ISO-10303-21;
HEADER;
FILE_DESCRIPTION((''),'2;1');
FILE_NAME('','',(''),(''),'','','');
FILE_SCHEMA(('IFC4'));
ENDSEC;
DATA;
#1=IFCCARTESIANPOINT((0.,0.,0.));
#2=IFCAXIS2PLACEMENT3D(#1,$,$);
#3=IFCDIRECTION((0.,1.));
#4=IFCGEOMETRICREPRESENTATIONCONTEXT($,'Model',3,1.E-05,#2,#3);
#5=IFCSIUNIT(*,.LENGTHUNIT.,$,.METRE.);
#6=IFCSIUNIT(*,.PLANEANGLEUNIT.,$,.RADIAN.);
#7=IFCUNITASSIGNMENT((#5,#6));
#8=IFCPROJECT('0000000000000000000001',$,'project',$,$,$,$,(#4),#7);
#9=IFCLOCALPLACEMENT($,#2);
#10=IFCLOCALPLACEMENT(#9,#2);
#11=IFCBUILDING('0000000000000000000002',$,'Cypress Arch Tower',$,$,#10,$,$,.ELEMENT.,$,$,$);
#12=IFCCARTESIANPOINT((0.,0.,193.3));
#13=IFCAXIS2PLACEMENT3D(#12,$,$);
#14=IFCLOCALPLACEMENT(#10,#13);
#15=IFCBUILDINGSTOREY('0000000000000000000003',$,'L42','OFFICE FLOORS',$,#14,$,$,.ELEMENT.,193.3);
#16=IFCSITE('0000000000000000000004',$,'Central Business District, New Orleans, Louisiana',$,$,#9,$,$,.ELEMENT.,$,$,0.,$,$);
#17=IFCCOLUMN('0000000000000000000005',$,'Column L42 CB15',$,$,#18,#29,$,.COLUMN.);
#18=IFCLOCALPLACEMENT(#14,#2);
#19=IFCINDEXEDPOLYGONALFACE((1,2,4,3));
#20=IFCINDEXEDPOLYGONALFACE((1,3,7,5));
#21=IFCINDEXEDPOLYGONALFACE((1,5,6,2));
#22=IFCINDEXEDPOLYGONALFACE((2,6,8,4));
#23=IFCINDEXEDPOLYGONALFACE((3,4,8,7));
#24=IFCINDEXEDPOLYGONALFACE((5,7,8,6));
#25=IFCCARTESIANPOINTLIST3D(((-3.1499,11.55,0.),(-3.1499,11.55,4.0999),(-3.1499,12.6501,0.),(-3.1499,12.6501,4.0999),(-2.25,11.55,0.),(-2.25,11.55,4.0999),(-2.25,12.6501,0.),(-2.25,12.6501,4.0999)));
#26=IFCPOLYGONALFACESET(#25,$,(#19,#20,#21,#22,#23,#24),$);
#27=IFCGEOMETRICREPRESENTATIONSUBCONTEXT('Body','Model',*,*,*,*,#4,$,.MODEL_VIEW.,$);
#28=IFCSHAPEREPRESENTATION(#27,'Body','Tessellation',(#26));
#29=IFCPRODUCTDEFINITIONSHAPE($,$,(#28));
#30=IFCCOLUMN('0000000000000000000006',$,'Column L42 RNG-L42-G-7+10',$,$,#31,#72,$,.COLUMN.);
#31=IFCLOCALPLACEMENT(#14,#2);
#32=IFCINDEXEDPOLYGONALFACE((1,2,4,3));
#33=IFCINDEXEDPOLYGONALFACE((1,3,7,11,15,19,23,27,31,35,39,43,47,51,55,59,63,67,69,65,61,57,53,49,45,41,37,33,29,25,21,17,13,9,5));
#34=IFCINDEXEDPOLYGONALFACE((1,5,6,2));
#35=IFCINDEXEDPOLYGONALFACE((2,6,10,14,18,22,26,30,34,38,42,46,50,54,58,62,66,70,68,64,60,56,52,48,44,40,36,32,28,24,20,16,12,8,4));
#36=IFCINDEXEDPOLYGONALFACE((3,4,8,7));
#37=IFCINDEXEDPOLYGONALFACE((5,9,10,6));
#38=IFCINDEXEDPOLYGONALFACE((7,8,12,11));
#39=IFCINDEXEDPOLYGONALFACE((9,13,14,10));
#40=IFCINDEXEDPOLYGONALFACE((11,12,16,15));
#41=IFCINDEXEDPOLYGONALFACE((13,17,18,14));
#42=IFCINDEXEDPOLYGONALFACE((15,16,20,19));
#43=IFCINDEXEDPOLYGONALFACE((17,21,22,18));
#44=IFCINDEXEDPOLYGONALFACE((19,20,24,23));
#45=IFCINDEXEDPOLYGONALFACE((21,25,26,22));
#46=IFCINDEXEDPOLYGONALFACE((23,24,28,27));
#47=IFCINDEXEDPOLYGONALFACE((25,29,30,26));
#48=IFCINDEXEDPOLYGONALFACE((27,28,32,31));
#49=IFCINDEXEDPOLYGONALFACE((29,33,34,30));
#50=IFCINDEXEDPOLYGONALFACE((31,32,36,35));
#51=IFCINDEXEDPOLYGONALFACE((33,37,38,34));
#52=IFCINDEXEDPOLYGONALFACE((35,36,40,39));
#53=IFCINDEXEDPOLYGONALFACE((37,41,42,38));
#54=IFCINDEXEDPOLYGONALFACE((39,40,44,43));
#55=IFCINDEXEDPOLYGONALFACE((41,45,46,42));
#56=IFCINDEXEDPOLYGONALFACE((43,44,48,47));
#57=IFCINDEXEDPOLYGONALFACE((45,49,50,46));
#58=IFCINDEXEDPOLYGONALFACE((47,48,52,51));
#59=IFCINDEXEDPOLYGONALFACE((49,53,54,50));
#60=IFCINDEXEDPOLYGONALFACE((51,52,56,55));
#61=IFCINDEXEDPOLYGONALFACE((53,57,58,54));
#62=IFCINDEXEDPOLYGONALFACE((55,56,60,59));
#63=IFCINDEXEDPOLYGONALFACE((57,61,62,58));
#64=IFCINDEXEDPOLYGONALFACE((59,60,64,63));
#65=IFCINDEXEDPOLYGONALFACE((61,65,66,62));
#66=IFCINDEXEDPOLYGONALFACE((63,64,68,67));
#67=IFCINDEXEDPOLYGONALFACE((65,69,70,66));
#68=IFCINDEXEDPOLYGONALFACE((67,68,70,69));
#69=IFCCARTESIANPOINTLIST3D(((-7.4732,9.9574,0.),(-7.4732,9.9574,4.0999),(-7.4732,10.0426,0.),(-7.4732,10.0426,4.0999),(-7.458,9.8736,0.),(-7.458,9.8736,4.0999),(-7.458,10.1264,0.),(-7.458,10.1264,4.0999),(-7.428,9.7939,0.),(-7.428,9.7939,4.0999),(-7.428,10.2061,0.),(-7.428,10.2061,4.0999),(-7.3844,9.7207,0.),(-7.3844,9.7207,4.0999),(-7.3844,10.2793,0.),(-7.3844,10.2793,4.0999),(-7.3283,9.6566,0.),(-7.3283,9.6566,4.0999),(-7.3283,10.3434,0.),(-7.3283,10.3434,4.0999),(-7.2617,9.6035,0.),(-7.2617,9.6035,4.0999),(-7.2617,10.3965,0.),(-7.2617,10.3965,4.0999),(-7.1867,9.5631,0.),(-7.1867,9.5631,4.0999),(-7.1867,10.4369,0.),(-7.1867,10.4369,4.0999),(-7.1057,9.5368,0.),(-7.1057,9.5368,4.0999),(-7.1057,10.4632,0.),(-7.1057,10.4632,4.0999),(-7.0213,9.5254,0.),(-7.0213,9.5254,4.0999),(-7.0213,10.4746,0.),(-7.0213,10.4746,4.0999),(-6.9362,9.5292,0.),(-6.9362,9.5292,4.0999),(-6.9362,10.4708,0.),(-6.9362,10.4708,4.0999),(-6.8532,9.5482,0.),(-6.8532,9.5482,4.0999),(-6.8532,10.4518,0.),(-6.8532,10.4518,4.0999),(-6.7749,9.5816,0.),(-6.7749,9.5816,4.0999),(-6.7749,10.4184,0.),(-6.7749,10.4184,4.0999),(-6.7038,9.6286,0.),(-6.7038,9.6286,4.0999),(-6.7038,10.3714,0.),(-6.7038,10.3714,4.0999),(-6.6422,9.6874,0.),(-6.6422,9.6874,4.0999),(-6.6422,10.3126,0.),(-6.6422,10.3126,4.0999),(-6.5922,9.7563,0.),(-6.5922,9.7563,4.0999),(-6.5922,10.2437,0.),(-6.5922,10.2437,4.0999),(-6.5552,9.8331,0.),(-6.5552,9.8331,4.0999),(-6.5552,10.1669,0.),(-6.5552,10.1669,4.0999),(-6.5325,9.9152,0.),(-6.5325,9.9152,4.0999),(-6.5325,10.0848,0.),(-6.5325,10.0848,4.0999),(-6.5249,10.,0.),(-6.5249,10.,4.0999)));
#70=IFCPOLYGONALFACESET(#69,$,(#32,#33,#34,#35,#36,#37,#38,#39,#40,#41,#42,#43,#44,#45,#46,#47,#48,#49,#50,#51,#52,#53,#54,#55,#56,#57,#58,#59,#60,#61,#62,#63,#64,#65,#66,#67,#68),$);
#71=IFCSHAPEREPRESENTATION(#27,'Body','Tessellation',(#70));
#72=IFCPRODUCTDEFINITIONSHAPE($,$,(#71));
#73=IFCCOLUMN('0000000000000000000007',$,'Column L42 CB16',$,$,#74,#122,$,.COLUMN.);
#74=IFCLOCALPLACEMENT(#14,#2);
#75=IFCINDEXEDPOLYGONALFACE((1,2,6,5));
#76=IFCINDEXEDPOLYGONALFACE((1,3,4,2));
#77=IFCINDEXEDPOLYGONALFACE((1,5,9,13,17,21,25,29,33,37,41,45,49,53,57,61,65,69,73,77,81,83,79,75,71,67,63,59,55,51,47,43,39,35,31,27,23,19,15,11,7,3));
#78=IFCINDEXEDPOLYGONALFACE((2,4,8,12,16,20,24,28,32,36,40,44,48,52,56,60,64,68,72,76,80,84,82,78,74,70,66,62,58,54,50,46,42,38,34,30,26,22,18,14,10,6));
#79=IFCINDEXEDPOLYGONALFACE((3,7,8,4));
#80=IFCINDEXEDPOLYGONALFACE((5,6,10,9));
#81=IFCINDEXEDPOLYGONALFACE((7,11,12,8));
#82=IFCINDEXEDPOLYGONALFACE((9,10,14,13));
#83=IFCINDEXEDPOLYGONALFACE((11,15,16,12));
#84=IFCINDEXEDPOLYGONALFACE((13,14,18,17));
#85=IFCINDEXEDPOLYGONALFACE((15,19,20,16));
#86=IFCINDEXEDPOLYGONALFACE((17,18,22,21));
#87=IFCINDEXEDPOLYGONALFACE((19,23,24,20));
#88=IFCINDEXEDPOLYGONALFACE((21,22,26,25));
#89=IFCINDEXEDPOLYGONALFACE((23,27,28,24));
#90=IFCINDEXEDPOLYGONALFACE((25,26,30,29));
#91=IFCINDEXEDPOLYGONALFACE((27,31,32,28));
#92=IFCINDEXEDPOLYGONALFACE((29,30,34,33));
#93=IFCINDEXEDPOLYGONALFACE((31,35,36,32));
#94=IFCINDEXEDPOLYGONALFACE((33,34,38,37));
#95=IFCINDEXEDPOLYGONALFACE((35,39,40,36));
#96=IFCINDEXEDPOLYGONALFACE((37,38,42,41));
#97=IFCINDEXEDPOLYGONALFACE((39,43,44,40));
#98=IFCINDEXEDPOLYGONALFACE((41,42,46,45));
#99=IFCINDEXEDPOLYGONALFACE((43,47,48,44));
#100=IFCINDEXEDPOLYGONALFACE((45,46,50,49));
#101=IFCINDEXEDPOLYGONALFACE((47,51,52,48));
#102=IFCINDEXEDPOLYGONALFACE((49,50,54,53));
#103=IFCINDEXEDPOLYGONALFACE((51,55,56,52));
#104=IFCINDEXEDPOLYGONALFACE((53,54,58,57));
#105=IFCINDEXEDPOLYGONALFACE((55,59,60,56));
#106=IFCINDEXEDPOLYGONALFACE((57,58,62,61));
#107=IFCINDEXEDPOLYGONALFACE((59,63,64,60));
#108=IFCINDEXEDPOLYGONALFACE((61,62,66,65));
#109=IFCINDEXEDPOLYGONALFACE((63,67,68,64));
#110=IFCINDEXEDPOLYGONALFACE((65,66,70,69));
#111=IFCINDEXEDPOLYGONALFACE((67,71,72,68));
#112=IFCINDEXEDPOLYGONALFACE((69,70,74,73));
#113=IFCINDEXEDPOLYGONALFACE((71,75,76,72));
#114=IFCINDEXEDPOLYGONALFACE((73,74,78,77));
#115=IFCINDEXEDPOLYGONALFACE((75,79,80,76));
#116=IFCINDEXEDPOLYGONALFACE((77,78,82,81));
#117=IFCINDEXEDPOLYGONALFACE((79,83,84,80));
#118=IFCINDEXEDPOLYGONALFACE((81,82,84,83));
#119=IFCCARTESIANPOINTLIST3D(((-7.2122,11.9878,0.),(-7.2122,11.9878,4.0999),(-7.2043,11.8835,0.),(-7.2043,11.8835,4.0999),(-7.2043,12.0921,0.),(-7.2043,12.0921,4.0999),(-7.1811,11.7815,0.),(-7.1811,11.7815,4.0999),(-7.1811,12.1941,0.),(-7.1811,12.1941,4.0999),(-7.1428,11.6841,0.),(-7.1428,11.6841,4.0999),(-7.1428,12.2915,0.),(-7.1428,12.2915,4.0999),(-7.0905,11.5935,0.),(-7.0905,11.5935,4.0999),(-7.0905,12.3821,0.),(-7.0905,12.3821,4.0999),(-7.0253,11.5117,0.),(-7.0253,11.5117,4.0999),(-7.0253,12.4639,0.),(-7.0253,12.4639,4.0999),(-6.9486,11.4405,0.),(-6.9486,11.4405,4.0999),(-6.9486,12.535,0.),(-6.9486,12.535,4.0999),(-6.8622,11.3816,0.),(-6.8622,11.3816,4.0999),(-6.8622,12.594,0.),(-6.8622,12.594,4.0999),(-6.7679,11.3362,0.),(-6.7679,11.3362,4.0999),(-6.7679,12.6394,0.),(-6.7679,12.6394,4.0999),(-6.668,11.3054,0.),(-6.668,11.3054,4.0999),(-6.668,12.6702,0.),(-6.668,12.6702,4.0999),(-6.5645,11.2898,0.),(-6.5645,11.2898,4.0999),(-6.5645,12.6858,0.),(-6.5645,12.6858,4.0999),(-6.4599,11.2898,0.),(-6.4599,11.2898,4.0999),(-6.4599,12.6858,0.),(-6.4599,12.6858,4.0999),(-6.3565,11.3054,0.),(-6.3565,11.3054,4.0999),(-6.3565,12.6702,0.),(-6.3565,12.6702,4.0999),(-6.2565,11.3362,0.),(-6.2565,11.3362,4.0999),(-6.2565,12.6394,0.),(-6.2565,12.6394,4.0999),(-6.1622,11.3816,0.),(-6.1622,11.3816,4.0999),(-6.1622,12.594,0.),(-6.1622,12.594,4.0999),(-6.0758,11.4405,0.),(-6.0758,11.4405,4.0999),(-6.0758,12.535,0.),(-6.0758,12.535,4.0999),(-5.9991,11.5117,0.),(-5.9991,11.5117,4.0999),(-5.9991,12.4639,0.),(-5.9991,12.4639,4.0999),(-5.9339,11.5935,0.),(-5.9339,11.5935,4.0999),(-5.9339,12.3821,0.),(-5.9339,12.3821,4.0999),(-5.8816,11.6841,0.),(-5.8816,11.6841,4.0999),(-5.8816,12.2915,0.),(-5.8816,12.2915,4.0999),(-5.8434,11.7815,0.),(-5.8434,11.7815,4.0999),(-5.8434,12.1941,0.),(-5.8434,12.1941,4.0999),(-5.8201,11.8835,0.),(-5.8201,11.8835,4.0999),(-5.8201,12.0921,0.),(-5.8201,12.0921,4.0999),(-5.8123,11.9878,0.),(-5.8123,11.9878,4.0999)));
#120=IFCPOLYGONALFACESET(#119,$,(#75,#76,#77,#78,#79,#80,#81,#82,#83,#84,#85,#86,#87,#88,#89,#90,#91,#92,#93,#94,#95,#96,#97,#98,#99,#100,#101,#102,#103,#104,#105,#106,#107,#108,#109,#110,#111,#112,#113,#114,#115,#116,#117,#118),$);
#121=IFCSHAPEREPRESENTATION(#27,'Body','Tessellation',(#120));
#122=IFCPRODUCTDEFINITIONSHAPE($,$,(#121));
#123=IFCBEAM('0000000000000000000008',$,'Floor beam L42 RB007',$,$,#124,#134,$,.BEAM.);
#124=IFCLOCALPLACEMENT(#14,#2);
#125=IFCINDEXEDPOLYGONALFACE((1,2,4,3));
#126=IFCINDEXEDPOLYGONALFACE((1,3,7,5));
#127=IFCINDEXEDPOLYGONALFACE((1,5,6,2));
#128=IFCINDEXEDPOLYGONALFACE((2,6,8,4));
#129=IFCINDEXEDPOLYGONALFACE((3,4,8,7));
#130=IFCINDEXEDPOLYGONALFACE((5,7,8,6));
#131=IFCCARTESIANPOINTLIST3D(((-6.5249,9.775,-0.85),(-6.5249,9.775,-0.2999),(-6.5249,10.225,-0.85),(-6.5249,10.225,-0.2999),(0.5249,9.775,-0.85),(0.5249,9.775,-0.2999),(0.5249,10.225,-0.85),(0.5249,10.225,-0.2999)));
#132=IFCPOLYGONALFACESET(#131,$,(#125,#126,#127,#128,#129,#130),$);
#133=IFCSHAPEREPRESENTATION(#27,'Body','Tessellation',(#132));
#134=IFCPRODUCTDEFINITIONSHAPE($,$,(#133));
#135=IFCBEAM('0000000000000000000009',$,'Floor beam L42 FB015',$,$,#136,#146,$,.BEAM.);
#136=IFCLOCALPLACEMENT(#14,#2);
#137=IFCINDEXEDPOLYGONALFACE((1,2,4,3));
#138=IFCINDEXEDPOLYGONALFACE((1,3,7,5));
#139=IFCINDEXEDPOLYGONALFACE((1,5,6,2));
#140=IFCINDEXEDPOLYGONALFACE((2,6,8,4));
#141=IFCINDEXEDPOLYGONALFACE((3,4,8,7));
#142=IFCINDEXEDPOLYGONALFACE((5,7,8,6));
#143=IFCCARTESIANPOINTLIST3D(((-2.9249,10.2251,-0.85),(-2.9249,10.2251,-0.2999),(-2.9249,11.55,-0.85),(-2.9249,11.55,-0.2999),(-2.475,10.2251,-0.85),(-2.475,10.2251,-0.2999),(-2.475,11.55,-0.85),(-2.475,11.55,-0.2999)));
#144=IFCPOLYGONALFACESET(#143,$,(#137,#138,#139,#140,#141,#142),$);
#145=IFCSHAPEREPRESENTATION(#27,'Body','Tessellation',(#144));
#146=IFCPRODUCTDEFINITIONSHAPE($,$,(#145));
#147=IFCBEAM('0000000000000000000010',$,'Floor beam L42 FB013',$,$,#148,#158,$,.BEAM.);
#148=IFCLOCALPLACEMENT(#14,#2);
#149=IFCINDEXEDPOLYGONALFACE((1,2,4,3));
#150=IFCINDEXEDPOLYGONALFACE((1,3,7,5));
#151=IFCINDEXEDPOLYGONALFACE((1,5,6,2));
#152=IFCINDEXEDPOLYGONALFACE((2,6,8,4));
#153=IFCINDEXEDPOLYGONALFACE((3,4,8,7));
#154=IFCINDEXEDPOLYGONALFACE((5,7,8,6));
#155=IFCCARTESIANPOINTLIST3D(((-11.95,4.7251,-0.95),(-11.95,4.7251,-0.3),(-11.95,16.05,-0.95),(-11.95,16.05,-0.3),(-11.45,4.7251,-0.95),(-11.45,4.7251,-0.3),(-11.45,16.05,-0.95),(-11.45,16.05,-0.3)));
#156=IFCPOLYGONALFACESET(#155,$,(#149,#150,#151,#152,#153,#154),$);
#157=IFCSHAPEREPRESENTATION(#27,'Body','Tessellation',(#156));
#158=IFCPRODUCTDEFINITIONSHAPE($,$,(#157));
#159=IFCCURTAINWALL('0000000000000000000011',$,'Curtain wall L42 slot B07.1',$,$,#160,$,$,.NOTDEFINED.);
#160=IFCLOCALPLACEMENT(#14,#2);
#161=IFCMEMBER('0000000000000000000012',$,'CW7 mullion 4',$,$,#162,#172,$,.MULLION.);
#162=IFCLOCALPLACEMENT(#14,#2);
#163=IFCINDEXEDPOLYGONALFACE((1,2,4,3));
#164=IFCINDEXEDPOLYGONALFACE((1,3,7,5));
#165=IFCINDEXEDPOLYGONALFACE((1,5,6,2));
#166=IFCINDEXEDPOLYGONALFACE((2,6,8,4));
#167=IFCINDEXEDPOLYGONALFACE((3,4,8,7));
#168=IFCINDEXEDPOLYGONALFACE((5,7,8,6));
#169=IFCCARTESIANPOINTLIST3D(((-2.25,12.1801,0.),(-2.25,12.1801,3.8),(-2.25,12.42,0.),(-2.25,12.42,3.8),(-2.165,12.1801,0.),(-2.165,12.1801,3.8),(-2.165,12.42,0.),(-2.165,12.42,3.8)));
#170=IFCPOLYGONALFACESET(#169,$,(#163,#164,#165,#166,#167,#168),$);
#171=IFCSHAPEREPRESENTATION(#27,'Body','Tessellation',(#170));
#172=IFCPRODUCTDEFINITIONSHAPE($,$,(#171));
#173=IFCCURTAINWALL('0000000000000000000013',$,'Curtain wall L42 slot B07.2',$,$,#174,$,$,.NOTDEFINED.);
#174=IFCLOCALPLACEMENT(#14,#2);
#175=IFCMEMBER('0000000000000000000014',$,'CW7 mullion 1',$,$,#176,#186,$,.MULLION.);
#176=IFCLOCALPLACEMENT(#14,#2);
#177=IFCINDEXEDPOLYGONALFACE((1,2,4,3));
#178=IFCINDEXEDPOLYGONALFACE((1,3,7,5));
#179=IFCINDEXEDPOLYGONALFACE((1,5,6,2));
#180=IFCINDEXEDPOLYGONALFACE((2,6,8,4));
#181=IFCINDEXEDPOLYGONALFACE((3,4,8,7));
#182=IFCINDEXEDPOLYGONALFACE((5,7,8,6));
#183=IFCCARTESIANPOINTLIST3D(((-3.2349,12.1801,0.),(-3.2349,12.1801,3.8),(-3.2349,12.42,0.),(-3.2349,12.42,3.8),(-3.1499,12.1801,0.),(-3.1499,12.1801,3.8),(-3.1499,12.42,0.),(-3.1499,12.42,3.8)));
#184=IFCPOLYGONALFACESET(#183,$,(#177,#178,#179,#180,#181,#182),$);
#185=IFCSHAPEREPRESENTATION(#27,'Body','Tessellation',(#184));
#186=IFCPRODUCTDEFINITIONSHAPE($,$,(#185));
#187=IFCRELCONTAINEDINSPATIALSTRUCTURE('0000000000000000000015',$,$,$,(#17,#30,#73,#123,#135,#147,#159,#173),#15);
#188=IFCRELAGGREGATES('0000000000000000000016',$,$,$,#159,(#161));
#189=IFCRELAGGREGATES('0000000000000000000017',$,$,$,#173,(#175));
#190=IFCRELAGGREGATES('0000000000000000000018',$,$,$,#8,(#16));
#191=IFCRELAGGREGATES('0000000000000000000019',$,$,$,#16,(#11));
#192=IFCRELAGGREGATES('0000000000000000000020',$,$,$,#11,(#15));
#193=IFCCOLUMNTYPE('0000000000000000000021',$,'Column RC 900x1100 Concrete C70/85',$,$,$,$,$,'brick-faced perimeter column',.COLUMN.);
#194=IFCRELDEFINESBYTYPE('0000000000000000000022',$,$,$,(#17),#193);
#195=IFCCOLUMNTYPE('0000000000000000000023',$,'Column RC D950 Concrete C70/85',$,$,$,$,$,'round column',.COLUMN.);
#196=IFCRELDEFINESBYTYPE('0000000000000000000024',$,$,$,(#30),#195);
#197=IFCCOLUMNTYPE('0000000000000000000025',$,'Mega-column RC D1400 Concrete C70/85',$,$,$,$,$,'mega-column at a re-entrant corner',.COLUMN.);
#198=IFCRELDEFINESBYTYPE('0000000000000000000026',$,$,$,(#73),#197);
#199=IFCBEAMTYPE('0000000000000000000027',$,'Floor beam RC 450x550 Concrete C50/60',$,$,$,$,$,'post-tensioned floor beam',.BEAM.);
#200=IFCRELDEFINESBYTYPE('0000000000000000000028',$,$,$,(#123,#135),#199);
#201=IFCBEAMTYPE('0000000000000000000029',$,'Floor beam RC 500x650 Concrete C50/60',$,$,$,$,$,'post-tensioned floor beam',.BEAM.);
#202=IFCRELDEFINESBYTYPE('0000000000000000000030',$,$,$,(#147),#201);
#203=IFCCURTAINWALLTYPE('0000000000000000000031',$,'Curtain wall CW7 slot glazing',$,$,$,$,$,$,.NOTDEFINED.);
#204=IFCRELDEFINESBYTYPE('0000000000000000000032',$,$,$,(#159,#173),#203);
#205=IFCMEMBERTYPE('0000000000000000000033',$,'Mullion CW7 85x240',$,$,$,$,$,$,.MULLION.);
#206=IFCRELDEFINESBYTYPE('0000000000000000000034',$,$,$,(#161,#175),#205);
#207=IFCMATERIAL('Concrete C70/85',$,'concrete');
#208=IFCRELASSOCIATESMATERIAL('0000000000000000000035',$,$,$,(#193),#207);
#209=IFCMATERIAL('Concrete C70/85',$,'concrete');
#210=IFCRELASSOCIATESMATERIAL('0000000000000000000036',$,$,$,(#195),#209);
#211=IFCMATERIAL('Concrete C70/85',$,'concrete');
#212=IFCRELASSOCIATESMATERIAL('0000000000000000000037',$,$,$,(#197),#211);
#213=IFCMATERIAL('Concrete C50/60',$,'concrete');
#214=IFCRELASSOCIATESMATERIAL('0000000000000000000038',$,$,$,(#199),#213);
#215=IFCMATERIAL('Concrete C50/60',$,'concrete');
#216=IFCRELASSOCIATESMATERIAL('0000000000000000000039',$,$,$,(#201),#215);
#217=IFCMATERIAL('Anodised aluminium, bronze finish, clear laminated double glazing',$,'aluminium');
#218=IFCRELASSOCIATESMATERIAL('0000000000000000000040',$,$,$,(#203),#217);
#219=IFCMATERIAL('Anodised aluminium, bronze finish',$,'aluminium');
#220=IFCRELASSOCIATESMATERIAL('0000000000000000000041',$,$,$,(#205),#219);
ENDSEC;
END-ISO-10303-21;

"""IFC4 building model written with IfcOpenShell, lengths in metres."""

from ifc_helpers import new_model, si_unit, direction, frame, origin, origin_2d, place, context, subcontext, project, spatial, rectangle, circle, extrude, material, material_profile, profile_set, type_object, element, aggregate, save


model = new_model("IFC4")

# Units and contexts
model_context = context("Model", 3, precision=1e-05, world=origin(), true_north=direction((0.0, 1.0)))
body_context = subcontext(model_context, "Body", "Model", "MODEL_VIEW")
ifc_project = project(units=[si_unit("LENGTHUNIT", "METRE"), si_unit("PLANEANGLEUNIT", "RADIAN")], contexts=[model_context])

# Site, building, storey
site_placement = place(None, origin())
site = spatial("IfcSite", under=ifc_project, at=site_placement, Name="Central Business District, New Orleans, Louisiana", CompositionType="ELEMENT", RefElevation=0.0)
building_placement = place(site_placement, origin())
building = spatial("IfcBuilding", under=site, at=building_placement, Name="Cypress Arch Tower", CompositionType="ELEMENT")
storey_placement = place(building_placement, frame((0.0, 0.0, 193.3)))
storey = spatial("IfcBuildingStorey", under=building, at=storey_placement, Name="L42", Description="OFFICE FLOORS", CompositionType="ELEMENT", Elevation=193.3)

# Columns
ifc_material_1 = material(Name="Concrete C70/85", Category="concrete")
ifc_material_profile_1 = material_profile(ifc_material_1, rectangle(XDim=0.8999, YDim=1.1001, at=origin_2d()), Name="RC 900x1100")
ifc_profile_set_1 = profile_set([ifc_material_profile_1], Name="Concrete C70/85")
column_type_1 = type_object("IfcColumnType", Name="Column RC 900x1100 Concrete C70/85", ElementType="brick-faced perimeter column", PredefinedType="COLUMN", material=ifc_profile_set_1)
column_1_placement = place(storey_placement, frame((-2.7, 12.1001, 0.0), z_axis=(0.0, 0.0, 1.0), x_axis=(-1.0, 0.0, 0.0)))
element("IfcColumn", 1, at=column_1_placement, inside=storey, type_object=column_type_1, Name="Column L42 CB15", PredefinedType="COLUMN", context=body_context, shape_type="SweptSolid", body=[
    extrude(rectangle(XDim=0.8999, YDim=1.1001, at=origin_2d()), origin(), (0.0, 0.0, 1.0), 4.0999),
])
ifc_material_2 = material(Name="Concrete C70/85", Category="concrete")
ifc_material_profile_2 = material_profile(ifc_material_2, circle(Radius=0.4751, at=origin_2d()), Name="RC D950")
ifc_profile_set_2 = profile_set([ifc_material_profile_2], Name="Concrete C70/85")
column_type_2 = type_object("IfcColumnType", Name="Column RC D950 Concrete C70/85", ElementType="round column", PredefinedType="COLUMN", material=ifc_profile_set_2)
column_2_placement = place(storey_placement, frame((-7.0, 10.0, 0.0), z_axis=(0.0, 0.0, 1.0), x_axis=(1.0, 0.0, 0.0)))
element("IfcColumn", 2, at=column_2_placement, inside=storey, type_object=column_type_2, Name="Column L42 RNG-L42-G-7+10", PredefinedType="COLUMN", context=body_context, shape_type="SweptSolid", body=[
    extrude(circle(Radius=0.4751, at=origin_2d()), origin(), (0.0, 0.0, 1.0), 4.0999),
])
ifc_material_3 = material(Name="Concrete C70/85", Category="concrete")
ifc_material_profile_3 = material_profile(ifc_material_3, circle(Radius=0.7, at=origin_2d()), Name="RC D1400")
ifc_profile_set_3 = profile_set([ifc_material_profile_3], Name="Concrete C70/85")
column_type_3 = type_object("IfcColumnType", Name="Mega-column RC D1400 Concrete C70/85", ElementType="mega-column at a re-entrant corner", PredefinedType="COLUMN", material=ifc_profile_set_3)
column_3_placement = place(storey_placement, frame((-6.5122, 11.9878, 0.0), z_axis=(0.0, 0.0, 1.0), x_axis=(1.0, 0.0, 0.0)))
element("IfcColumn", 3, at=column_3_placement, inside=storey, type_object=column_type_3, Name="Column L42 CB16", PredefinedType="COLUMN", context=body_context, shape_type="SweptSolid", body=[
    extrude(circle(Radius=0.7, at=origin_2d()), origin(), (0.0, 0.0, 1.0), 4.0999),
])

# Beams
ifc_material_4 = material(Name="Concrete C50/60", Category="concrete")
ifc_material_profile_4 = material_profile(ifc_material_4, rectangle(XDim=0.45, YDim=0.55, at=origin_2d()), Name="RC 450x550")
ifc_profile_set_4 = profile_set([ifc_material_profile_4], Name="Concrete C50/60")
beam_type_1 = type_object("IfcBeamType", Name="Floor beam RC 450x550 Concrete C50/60", ElementType="post-tensioned floor beam", PredefinedType="BEAM", material=ifc_profile_set_4)
beam_1_placement = place(storey_placement, frame((-6.5249, 10.0, -0.575), z_axis=(1.0, 0.0, 0.0), x_axis=(0.0, 1.0, 0.0)))
element("IfcBeam", 4, at=beam_1_placement, inside=storey, type_object=beam_type_1, Name="Floor beam L42 RB007", PredefinedType="BEAM", context=body_context, shape_type="SweptSolid", body=[
    extrude(rectangle(XDim=0.45, YDim=0.55, at=origin_2d()), origin(), (0.0, 0.0, 1.0), 7.0498),
])
beam_2_placement = place(storey_placement, frame((-2.7, 10.2251, -0.575), z_axis=(0.0, 1.0, 0.0), x_axis=(-1.0, 0.0, 0.0)))
element("IfcBeam", 5, at=beam_2_placement, inside=storey, type_object=beam_type_1, Name="Floor beam L42 FB015", PredefinedType="BEAM", context=body_context, shape_type="SweptSolid", body=[
    extrude(rectangle(XDim=0.45, YDim=0.55, at=origin_2d()), origin(), (0.0, 0.0, 1.0), 1.325),
])
ifc_material_5 = material(Name="Concrete C50/60", Category="concrete")
ifc_material_profile_5 = material_profile(ifc_material_5, rectangle(XDim=0.5, YDim=0.6499, at=origin_2d()), Name="RC 500x650")
ifc_profile_set_5 = profile_set([ifc_material_profile_5], Name="Concrete C50/60")
beam_type_2 = type_object("IfcBeamType", Name="Floor beam RC 500x650 Concrete C50/60", ElementType="post-tensioned floor beam", PredefinedType="BEAM", material=ifc_profile_set_5)
beam_3_placement = place(storey_placement, frame((-11.7, 4.7251, -0.625), z_axis=(0.0, 1.0, 0.0), x_axis=(-1.0, 0.0, 0.0)))
element("IfcBeam", 6, at=beam_3_placement, inside=storey, type_object=beam_type_2, Name="Floor beam L42 FB013", PredefinedType="BEAM", context=body_context, shape_type="SweptSolid", body=[
    extrude(rectangle(XDim=0.5, YDim=0.6499, at=origin_2d()), origin(), (0.0, 0.0, 1.0), 11.325),
])

# Curtain wall, member
ifc_material_6 = material(Name="Anodised aluminium, bronze finish, clear laminated double glazing", Category="aluminium")
curtain_wall_type = type_object("IfcCurtainWallType", Name="Curtain wall CW7 slot glazing", PredefinedType="NOTDEFINED", material=ifc_material_6)
curtain_wall_1_placement = place(storey_placement, origin())
curtain_wall_1 = element("IfcCurtainWall", 7, at=curtain_wall_1_placement, inside=storey, type_object=curtain_wall_type, Name="Curtain wall L42 slot B07.1", PredefinedType="NOTDEFINED")
ifc_material_7 = material(Name="Anodised aluminium, bronze finish", Category="aluminium")
ifc_material_profile_6 = material_profile(ifc_material_7, rectangle(XDim=0.24, YDim=0.085, at=origin_2d()), Name="Mullion 85x240")
ifc_profile_set_6 = profile_set([ifc_material_profile_6], Name="Anodised aluminium, bronze finish")
member_type_1 = type_object("IfcMemberType", Name="Mullion CW7 85x240", PredefinedType="MULLION", material=ifc_profile_set_6)
member_1_placement = place(storey_placement, frame((-2.2075, 12.3, 0.0), z_axis=(0.0, 0.0, 1.0), x_axis=(0.0, -1.0, 0.0)))
member_1 = element("IfcMember", 8, at=member_1_placement, type_object=member_type_1, Name="CW7 mullion 4", PredefinedType="MULLION", context=body_context, shape_type="SweptSolid", body=[
    extrude(rectangle(XDim=0.24, YDim=0.085, at=origin_2d()), origin(), (0.0, 0.0, 1.0), 3.8),
])
aggregate(curtain_wall_1, [member_1])

# Curtain wall, member
curtain_wall_2_placement = place(storey_placement, origin())
curtain_wall_2 = element("IfcCurtainWall", 9, at=curtain_wall_2_placement, inside=storey, type_object=curtain_wall_type, Name="Curtain wall L42 slot B07.2", PredefinedType="NOTDEFINED")
member_2_placement = place(storey_placement, frame((-3.1924, 12.3, 0.0), z_axis=(0.0, 0.0, 1.0), x_axis=(0.0, -1.0, 0.0)))
member_2 = element("IfcMember", 10, at=member_2_placement, type_object=member_type_1, Name="CW7 mullion 1", PredefinedType="MULLION", context=body_context, shape_type="SweptSolid", body=[
    extrude(rectangle(XDim=0.24, YDim=0.085, at=origin_2d()), origin(), (0.0, 0.0, 1.0), 3.8),
])

aggregate(curtain_wall_2, [member_2])

save(model, "model.ifc")
